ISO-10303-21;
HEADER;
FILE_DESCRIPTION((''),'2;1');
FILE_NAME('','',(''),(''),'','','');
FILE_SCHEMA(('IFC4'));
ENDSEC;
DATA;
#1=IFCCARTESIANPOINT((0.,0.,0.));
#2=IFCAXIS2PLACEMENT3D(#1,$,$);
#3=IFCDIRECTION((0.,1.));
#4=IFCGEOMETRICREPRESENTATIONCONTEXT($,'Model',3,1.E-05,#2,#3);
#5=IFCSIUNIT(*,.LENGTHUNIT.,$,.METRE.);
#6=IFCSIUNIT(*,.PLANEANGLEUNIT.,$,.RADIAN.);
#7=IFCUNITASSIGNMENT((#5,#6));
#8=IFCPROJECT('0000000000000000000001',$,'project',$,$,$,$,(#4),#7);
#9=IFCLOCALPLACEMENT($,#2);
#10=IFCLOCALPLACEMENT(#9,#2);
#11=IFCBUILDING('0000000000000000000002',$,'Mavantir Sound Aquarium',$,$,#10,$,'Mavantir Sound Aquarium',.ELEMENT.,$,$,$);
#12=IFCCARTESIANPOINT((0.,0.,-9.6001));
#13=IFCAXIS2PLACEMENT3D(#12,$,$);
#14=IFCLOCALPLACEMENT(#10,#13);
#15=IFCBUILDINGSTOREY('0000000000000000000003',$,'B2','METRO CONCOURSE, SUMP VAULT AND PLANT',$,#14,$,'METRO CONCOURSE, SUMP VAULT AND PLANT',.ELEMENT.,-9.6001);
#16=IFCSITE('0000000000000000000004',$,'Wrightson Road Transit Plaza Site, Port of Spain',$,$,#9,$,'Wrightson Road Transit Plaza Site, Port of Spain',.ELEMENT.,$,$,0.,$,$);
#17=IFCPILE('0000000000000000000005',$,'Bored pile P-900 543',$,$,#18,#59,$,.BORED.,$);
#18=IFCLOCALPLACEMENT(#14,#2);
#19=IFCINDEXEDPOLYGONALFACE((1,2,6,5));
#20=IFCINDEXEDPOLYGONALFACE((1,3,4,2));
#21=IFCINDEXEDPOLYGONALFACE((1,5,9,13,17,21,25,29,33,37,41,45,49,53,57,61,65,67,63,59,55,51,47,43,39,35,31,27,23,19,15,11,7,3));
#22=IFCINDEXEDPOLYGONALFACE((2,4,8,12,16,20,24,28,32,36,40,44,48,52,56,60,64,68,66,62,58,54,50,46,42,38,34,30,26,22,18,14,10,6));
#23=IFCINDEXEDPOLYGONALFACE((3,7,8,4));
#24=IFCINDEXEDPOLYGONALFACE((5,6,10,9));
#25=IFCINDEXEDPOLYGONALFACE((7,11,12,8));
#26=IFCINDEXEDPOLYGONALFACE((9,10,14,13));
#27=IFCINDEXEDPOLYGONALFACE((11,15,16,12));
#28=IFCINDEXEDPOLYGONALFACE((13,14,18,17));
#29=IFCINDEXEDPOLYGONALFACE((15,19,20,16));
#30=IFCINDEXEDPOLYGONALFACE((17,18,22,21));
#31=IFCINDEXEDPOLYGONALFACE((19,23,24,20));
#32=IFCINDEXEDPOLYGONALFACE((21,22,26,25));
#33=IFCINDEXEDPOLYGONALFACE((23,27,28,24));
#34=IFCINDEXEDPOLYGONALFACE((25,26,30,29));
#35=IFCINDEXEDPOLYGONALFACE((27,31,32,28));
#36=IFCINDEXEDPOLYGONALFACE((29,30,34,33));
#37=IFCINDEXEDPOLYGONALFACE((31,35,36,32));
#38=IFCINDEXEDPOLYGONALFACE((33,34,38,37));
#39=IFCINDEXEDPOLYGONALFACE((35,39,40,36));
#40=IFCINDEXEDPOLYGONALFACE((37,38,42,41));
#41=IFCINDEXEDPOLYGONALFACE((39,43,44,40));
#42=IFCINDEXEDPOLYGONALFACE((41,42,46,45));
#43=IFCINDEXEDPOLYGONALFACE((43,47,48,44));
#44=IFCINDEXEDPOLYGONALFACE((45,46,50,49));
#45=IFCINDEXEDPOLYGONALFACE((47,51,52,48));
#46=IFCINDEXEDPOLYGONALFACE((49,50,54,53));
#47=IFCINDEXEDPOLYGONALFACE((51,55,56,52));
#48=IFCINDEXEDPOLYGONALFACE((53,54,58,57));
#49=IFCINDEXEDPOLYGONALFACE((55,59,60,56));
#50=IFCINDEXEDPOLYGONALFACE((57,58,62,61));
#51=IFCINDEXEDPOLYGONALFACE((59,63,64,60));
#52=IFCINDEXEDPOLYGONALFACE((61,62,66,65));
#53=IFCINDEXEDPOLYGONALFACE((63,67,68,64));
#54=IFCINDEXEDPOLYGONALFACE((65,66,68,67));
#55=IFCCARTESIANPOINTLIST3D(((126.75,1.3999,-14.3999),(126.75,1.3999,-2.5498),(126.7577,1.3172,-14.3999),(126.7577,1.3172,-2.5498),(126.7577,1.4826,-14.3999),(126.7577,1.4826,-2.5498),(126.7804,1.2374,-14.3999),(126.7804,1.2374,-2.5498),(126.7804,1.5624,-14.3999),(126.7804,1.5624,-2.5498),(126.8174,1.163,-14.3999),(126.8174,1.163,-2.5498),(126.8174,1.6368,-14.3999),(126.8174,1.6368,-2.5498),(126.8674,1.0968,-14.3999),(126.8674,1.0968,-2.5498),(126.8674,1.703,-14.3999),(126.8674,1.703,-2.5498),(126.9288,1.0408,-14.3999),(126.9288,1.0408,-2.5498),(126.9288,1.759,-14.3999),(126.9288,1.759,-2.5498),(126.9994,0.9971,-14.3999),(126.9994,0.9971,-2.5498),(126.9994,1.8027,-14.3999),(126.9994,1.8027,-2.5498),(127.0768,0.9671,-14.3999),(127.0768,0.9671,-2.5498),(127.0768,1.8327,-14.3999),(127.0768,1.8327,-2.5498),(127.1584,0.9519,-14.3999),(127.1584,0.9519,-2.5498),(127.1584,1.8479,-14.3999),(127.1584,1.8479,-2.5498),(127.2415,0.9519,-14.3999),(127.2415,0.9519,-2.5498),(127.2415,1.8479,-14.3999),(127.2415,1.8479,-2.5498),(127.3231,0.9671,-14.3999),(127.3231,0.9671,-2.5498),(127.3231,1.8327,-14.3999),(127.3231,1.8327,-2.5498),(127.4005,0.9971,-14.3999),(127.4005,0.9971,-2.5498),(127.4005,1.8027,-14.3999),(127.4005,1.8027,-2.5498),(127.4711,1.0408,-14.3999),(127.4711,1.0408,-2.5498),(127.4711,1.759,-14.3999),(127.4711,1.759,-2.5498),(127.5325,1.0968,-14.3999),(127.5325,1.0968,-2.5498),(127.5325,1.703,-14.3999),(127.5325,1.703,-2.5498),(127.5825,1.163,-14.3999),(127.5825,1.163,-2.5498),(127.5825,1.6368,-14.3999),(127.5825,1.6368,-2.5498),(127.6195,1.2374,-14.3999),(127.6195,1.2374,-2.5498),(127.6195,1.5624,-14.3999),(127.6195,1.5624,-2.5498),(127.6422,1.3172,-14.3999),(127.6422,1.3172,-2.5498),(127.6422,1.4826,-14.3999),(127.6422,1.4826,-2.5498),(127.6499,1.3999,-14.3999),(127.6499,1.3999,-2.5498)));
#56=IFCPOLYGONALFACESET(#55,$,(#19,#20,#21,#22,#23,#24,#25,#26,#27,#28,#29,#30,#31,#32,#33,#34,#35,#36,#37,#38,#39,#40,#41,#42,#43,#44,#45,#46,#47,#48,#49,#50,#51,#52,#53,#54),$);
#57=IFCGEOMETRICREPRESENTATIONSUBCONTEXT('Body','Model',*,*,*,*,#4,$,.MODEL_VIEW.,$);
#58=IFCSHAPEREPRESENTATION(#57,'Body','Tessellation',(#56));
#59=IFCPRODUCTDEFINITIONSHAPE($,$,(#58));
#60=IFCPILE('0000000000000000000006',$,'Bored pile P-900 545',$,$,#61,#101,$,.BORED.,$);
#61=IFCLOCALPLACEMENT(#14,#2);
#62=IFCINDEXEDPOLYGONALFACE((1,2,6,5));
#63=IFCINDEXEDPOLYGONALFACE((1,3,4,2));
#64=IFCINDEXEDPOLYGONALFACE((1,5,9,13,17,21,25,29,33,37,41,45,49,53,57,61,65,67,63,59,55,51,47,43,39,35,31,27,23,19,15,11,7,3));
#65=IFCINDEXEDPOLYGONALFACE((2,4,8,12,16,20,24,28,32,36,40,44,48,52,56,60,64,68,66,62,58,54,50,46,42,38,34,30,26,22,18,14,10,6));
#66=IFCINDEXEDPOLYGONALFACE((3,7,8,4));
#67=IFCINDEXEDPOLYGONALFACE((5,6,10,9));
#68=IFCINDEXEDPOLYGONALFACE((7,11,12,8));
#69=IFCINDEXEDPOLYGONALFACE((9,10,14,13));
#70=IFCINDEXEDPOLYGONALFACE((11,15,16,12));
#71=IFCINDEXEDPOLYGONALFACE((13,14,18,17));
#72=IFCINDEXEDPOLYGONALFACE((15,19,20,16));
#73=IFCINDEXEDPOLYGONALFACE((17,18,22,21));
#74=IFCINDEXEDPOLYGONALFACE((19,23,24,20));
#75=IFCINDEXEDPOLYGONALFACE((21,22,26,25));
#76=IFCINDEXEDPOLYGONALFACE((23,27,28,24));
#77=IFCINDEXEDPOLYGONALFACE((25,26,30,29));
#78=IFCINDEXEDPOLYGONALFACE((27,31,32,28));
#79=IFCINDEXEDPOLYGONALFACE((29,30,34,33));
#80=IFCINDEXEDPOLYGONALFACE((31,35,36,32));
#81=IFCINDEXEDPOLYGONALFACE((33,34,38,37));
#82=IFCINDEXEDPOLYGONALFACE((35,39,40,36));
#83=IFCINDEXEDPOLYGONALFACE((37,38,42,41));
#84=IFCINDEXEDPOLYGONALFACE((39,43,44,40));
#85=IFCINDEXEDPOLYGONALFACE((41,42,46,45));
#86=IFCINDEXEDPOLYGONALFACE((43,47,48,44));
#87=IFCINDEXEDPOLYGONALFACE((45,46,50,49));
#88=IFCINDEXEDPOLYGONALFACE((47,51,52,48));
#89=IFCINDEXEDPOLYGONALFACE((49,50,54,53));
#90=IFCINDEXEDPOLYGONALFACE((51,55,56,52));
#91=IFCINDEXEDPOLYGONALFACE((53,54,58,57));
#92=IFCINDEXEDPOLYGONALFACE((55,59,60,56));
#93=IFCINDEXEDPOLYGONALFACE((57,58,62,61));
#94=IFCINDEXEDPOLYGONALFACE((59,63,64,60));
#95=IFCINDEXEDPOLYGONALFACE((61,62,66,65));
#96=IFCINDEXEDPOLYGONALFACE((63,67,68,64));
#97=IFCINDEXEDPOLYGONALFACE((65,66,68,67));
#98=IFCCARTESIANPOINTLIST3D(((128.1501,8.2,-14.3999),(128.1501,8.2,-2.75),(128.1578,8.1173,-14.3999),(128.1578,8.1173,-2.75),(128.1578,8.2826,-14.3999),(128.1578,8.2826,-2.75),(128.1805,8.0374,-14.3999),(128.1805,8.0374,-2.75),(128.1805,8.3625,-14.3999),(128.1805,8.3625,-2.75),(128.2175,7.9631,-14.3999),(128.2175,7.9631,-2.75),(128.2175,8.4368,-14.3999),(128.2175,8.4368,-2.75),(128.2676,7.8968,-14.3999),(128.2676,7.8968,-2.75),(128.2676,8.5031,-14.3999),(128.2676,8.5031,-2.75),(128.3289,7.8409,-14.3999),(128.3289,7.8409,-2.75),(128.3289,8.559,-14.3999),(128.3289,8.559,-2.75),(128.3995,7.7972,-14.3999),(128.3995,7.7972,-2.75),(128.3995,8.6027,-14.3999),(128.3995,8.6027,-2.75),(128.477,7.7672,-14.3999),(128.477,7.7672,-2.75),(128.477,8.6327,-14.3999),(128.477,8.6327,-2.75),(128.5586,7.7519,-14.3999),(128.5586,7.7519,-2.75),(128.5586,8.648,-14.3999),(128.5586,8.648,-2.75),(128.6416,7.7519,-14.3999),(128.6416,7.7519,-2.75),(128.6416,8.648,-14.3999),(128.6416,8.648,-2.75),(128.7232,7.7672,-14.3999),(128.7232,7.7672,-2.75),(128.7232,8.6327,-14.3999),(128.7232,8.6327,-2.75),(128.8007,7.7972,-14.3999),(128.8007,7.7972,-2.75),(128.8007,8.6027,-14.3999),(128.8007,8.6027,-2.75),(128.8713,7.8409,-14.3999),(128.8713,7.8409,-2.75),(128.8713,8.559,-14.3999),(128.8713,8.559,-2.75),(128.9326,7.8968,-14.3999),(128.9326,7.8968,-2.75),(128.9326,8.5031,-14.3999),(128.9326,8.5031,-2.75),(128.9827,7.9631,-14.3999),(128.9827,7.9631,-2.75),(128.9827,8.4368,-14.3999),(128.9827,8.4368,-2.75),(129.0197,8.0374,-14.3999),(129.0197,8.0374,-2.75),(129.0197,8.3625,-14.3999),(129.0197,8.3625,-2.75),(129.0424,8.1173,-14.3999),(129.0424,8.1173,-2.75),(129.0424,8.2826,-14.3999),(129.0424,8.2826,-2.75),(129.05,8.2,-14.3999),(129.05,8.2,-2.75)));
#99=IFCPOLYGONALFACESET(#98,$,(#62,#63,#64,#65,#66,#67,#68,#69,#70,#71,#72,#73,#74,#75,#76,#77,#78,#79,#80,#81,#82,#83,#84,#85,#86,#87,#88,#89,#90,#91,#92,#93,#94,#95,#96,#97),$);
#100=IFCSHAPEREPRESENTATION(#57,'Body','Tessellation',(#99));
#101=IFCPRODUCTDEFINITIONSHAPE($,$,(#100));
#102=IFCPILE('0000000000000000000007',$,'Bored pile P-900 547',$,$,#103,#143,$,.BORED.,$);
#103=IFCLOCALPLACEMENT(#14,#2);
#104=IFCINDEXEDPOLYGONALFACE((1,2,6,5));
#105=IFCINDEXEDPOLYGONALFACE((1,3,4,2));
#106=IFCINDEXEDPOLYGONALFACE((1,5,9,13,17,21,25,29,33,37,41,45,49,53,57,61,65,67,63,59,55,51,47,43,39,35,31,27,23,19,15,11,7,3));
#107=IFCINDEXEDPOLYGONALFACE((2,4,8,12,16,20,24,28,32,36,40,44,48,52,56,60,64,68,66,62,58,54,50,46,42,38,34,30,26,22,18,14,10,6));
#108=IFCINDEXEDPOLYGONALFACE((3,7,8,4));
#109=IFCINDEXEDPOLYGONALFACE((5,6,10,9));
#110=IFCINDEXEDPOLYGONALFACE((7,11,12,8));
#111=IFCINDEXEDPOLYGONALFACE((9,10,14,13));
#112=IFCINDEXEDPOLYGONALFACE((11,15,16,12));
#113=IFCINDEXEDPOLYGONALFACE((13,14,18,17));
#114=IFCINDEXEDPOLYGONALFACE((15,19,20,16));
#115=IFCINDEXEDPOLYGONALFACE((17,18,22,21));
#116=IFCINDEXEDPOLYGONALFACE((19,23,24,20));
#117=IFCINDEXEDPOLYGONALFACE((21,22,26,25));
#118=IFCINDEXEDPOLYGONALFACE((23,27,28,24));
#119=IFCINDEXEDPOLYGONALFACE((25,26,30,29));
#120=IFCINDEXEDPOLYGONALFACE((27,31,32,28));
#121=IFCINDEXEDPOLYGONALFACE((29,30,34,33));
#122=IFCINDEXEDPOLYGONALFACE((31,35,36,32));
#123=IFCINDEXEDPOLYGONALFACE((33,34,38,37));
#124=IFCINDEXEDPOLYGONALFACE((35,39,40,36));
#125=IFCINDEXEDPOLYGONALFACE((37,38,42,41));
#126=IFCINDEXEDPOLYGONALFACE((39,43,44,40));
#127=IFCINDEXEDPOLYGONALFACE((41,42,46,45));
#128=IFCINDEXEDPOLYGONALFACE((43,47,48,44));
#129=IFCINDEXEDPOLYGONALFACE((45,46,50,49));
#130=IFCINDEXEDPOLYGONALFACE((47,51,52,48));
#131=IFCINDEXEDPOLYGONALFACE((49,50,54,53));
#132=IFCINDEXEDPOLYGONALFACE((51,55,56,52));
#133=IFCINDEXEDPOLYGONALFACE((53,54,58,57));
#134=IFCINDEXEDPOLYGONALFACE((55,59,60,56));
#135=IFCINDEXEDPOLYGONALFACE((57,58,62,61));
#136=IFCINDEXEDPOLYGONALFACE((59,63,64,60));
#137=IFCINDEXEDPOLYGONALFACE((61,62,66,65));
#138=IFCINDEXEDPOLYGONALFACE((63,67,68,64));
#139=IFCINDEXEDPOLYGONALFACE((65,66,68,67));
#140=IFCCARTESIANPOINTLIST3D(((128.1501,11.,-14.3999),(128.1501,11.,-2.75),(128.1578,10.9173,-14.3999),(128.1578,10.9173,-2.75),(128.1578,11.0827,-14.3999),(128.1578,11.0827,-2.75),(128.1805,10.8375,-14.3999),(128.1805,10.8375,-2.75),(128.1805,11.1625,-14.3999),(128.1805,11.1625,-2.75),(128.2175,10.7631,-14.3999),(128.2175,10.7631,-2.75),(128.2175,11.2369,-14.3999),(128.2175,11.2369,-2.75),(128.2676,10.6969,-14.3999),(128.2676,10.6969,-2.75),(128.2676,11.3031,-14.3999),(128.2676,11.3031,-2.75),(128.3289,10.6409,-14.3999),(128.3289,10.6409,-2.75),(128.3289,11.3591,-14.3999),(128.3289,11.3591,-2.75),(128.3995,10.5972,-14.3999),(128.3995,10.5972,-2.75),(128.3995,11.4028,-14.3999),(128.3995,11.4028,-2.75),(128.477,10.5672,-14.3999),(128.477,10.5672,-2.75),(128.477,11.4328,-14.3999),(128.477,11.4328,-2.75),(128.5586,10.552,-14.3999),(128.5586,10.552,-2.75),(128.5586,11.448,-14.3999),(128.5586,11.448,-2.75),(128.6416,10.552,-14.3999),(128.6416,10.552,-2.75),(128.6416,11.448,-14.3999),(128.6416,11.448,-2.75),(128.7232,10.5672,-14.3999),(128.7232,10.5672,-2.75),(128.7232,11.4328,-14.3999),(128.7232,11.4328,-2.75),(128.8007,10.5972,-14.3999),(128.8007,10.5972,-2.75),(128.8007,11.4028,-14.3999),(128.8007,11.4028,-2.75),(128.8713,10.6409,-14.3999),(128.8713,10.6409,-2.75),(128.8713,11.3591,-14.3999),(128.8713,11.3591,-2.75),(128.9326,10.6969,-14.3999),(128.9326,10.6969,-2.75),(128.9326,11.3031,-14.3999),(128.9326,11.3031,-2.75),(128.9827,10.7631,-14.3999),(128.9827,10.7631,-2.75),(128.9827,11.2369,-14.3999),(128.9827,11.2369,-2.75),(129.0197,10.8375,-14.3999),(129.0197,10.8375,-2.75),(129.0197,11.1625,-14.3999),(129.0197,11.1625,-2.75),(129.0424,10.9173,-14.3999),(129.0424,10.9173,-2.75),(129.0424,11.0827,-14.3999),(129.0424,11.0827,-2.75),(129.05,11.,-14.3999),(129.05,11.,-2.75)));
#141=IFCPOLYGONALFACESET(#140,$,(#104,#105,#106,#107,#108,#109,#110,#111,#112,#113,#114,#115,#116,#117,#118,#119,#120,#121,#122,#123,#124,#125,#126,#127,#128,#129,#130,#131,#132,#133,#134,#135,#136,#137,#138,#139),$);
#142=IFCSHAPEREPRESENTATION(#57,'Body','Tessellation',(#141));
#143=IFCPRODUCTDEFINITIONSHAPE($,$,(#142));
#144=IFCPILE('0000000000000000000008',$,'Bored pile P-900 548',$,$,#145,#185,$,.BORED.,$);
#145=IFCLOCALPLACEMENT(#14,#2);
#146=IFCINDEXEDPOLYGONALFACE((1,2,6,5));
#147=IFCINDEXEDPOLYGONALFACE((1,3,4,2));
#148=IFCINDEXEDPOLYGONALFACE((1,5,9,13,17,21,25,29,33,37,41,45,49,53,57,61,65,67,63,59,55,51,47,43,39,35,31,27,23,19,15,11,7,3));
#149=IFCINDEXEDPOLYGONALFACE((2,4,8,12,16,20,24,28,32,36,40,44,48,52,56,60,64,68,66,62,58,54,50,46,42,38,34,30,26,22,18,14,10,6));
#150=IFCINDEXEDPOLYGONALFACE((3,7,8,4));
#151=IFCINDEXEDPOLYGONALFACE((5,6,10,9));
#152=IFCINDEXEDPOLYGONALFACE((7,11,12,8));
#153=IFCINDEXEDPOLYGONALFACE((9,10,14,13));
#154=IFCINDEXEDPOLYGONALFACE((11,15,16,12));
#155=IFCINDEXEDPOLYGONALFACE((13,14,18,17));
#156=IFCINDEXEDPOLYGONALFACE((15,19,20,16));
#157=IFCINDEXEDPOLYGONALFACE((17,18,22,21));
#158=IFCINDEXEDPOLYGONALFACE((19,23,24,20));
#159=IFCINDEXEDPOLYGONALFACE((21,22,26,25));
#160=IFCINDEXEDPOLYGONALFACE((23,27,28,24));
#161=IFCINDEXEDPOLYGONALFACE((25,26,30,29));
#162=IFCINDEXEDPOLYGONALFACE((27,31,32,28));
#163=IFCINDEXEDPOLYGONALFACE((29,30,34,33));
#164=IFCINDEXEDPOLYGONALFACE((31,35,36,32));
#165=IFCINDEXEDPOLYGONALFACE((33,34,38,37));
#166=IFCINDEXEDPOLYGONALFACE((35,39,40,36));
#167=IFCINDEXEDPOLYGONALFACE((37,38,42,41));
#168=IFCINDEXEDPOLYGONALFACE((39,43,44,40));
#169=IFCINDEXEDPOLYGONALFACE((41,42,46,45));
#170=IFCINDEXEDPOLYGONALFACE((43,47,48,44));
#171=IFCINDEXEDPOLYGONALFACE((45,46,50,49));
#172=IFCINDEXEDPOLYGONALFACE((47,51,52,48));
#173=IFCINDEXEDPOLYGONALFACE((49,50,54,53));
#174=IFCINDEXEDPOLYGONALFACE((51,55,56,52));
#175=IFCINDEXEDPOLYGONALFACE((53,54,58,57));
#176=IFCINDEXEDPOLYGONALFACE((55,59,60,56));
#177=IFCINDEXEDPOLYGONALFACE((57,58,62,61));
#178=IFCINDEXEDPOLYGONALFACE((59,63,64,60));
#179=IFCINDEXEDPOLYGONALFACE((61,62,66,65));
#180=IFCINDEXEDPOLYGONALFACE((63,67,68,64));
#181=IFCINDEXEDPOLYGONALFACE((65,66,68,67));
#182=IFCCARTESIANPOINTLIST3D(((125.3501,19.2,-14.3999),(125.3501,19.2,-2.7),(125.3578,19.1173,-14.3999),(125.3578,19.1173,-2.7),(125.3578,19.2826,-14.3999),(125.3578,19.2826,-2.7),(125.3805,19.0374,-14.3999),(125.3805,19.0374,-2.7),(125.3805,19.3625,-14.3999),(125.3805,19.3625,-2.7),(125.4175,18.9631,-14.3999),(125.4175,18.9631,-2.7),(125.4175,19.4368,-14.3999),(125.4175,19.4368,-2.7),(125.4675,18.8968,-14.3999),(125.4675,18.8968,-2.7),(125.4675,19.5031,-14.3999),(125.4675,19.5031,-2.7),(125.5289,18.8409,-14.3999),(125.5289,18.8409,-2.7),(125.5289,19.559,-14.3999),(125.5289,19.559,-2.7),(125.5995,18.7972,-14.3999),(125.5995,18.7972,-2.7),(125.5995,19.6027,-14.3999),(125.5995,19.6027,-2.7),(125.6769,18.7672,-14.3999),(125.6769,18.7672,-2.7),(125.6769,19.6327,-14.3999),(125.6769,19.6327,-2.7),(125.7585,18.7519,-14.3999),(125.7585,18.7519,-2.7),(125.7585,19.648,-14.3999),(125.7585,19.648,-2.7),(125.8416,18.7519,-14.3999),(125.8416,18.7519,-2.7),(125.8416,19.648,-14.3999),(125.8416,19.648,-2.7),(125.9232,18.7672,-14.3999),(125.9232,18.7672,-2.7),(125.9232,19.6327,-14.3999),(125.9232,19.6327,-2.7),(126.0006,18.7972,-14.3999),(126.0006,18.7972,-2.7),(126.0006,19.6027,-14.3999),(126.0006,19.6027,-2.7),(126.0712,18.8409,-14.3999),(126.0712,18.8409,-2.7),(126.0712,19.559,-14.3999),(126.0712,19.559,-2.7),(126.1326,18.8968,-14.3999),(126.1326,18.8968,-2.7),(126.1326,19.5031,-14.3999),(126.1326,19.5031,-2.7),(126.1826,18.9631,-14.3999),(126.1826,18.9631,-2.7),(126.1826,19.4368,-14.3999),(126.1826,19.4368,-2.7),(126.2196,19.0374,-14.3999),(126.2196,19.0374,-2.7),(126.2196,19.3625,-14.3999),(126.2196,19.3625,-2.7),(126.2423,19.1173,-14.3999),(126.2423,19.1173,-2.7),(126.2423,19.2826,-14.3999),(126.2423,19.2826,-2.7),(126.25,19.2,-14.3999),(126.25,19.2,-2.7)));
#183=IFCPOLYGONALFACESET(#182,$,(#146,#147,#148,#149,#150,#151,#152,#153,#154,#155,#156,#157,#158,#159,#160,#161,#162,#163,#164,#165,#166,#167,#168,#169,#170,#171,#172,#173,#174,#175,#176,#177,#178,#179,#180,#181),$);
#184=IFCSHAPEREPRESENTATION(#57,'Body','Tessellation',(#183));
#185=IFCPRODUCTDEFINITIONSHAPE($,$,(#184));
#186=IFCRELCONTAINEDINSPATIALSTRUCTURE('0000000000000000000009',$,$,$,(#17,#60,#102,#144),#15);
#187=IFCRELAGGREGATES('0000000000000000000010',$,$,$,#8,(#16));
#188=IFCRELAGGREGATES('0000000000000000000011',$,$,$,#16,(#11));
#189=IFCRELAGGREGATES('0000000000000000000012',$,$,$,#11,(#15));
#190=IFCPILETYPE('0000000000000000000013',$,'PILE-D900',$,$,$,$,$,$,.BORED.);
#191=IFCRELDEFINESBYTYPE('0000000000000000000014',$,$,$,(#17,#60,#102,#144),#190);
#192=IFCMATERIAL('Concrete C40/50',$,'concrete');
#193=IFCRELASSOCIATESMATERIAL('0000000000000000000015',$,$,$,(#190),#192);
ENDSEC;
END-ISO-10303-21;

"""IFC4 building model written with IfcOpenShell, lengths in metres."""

from ifc_helpers import new_model, si_unit, direction, frame, origin, origin_2d, place, context, subcontext, project, spatial, circle, extrude, material, material_profile, profile_set, type_object, element, save


model = new_model("IFC4")

# Units and contexts
model_context = context("Model", 3, precision=1e-05, world=origin(), true_north=direction((0.0, 1.0)))
body_context = subcontext(model_context, "Body", "Model", "MODEL_VIEW")
ifc_project = project(units=[si_unit("LENGTHUNIT", "METRE"), si_unit("PLANEANGLEUNIT", "RADIAN")], contexts=[model_context])

# Site, building, storey
site_placement = place(None, origin())
site = spatial("IfcSite", under=ifc_project, at=site_placement, Name="Wrightson Road Transit Plaza Site, Port of Spain", LongName="Wrightson Road Transit Plaza Site, Port of Spain", CompositionType="ELEMENT", RefElevation=0.0)
building_placement = place(site_placement, origin())
building = spatial("IfcBuilding", under=site, at=building_placement, Name="Mavantir Sound Aquarium", LongName="Mavantir Sound Aquarium", CompositionType="ELEMENT")
storey_placement = place(building_placement, frame((0.0, 0.0, -9.6001)))
storey = spatial("IfcBuildingStorey", under=building, at=storey_placement, Name="B2", Description="METRO CONCOURSE, SUMP VAULT AND PLANT", LongName="METRO CONCOURSE, SUMP VAULT AND PLANT", CompositionType="ELEMENT", Elevation=-9.6001)

# Shared definitions
ifc_material_1 = material(Name="Concrete C40/50", Category="concrete")

# Piles
ifc_material_profile_1 = material_profile(ifc_material_1, circle(Radius=0.45, at=origin_2d()), Name="PILE D900")
ifc_profile_set_1 = profile_set([ifc_material_profile_1], Name="Concrete C40/50")
pile_type = type_object("IfcPileType", Name="PILE-D900", PredefinedType="BORED", material=ifc_profile_set_1)
for number, where, z_axis, x_axis, name in (
    (1, (127.2, 1.3999, -2.5498), (0.0, 0.0, -1.0), (1.0, 0.0, 0.0), "Bored pile P-900 543"),
):
    element("IfcPile", number, at=place(storey_placement, frame(where, z_axis=z_axis, x_axis=x_axis)), inside=storey, type_object=pile_type, Name=name, PredefinedType="BORED", context=body_context, shape_type="SweptSolid", body=[
        extrude(circle(Radius=0.45, at=origin_2d()), origin(), (0.0, 0.0, 1.0), 11.8501),
    ])
for number, where, z_axis, x_axis, name in (
    (2, (128.6001, 8.2, -2.75), (0.0, 0.0, -1.0), (1.0, 0.0, 0.0), "Bored pile P-900 545"),
    (3, (128.6001, 11.0, -2.75), (0.0, 0.0, -1.0), (1.0, 0.0, 0.0), "Bored pile P-900 547"),
):
    element("IfcPile", number, at=place(storey_placement, frame(where, z_axis=z_axis, x_axis=x_axis)), inside=storey, type_object=pile_type, Name=name, PredefinedType="BORED", context=body_context, shape_type="SweptSolid", body=[
        extrude(circle(Radius=0.45, at=origin_2d()), origin(), (0.0, 0.0, 1.0), 11.6499),
    ])
for number, where, z_axis, x_axis, name in (
    (4, (125.8, 19.2, -2.7), (0.0, 0.0, -1.0), (1.0, 0.0, 0.0), "Bored pile P-900 548"),
):
    element("IfcPile", number, at=place(storey_placement, frame(where, z_axis=z_axis, x_axis=x_axis)), inside=storey, type_object=pile_type, Name=name, PredefinedType="BORED", context=body_context, shape_type="SweptSolid", body=[
        extrude(circle(Radius=0.45, at=origin_2d()), origin(), (0.0, 0.0, 1.0), 11.7),
    ])

save(model, "model.ifc")
